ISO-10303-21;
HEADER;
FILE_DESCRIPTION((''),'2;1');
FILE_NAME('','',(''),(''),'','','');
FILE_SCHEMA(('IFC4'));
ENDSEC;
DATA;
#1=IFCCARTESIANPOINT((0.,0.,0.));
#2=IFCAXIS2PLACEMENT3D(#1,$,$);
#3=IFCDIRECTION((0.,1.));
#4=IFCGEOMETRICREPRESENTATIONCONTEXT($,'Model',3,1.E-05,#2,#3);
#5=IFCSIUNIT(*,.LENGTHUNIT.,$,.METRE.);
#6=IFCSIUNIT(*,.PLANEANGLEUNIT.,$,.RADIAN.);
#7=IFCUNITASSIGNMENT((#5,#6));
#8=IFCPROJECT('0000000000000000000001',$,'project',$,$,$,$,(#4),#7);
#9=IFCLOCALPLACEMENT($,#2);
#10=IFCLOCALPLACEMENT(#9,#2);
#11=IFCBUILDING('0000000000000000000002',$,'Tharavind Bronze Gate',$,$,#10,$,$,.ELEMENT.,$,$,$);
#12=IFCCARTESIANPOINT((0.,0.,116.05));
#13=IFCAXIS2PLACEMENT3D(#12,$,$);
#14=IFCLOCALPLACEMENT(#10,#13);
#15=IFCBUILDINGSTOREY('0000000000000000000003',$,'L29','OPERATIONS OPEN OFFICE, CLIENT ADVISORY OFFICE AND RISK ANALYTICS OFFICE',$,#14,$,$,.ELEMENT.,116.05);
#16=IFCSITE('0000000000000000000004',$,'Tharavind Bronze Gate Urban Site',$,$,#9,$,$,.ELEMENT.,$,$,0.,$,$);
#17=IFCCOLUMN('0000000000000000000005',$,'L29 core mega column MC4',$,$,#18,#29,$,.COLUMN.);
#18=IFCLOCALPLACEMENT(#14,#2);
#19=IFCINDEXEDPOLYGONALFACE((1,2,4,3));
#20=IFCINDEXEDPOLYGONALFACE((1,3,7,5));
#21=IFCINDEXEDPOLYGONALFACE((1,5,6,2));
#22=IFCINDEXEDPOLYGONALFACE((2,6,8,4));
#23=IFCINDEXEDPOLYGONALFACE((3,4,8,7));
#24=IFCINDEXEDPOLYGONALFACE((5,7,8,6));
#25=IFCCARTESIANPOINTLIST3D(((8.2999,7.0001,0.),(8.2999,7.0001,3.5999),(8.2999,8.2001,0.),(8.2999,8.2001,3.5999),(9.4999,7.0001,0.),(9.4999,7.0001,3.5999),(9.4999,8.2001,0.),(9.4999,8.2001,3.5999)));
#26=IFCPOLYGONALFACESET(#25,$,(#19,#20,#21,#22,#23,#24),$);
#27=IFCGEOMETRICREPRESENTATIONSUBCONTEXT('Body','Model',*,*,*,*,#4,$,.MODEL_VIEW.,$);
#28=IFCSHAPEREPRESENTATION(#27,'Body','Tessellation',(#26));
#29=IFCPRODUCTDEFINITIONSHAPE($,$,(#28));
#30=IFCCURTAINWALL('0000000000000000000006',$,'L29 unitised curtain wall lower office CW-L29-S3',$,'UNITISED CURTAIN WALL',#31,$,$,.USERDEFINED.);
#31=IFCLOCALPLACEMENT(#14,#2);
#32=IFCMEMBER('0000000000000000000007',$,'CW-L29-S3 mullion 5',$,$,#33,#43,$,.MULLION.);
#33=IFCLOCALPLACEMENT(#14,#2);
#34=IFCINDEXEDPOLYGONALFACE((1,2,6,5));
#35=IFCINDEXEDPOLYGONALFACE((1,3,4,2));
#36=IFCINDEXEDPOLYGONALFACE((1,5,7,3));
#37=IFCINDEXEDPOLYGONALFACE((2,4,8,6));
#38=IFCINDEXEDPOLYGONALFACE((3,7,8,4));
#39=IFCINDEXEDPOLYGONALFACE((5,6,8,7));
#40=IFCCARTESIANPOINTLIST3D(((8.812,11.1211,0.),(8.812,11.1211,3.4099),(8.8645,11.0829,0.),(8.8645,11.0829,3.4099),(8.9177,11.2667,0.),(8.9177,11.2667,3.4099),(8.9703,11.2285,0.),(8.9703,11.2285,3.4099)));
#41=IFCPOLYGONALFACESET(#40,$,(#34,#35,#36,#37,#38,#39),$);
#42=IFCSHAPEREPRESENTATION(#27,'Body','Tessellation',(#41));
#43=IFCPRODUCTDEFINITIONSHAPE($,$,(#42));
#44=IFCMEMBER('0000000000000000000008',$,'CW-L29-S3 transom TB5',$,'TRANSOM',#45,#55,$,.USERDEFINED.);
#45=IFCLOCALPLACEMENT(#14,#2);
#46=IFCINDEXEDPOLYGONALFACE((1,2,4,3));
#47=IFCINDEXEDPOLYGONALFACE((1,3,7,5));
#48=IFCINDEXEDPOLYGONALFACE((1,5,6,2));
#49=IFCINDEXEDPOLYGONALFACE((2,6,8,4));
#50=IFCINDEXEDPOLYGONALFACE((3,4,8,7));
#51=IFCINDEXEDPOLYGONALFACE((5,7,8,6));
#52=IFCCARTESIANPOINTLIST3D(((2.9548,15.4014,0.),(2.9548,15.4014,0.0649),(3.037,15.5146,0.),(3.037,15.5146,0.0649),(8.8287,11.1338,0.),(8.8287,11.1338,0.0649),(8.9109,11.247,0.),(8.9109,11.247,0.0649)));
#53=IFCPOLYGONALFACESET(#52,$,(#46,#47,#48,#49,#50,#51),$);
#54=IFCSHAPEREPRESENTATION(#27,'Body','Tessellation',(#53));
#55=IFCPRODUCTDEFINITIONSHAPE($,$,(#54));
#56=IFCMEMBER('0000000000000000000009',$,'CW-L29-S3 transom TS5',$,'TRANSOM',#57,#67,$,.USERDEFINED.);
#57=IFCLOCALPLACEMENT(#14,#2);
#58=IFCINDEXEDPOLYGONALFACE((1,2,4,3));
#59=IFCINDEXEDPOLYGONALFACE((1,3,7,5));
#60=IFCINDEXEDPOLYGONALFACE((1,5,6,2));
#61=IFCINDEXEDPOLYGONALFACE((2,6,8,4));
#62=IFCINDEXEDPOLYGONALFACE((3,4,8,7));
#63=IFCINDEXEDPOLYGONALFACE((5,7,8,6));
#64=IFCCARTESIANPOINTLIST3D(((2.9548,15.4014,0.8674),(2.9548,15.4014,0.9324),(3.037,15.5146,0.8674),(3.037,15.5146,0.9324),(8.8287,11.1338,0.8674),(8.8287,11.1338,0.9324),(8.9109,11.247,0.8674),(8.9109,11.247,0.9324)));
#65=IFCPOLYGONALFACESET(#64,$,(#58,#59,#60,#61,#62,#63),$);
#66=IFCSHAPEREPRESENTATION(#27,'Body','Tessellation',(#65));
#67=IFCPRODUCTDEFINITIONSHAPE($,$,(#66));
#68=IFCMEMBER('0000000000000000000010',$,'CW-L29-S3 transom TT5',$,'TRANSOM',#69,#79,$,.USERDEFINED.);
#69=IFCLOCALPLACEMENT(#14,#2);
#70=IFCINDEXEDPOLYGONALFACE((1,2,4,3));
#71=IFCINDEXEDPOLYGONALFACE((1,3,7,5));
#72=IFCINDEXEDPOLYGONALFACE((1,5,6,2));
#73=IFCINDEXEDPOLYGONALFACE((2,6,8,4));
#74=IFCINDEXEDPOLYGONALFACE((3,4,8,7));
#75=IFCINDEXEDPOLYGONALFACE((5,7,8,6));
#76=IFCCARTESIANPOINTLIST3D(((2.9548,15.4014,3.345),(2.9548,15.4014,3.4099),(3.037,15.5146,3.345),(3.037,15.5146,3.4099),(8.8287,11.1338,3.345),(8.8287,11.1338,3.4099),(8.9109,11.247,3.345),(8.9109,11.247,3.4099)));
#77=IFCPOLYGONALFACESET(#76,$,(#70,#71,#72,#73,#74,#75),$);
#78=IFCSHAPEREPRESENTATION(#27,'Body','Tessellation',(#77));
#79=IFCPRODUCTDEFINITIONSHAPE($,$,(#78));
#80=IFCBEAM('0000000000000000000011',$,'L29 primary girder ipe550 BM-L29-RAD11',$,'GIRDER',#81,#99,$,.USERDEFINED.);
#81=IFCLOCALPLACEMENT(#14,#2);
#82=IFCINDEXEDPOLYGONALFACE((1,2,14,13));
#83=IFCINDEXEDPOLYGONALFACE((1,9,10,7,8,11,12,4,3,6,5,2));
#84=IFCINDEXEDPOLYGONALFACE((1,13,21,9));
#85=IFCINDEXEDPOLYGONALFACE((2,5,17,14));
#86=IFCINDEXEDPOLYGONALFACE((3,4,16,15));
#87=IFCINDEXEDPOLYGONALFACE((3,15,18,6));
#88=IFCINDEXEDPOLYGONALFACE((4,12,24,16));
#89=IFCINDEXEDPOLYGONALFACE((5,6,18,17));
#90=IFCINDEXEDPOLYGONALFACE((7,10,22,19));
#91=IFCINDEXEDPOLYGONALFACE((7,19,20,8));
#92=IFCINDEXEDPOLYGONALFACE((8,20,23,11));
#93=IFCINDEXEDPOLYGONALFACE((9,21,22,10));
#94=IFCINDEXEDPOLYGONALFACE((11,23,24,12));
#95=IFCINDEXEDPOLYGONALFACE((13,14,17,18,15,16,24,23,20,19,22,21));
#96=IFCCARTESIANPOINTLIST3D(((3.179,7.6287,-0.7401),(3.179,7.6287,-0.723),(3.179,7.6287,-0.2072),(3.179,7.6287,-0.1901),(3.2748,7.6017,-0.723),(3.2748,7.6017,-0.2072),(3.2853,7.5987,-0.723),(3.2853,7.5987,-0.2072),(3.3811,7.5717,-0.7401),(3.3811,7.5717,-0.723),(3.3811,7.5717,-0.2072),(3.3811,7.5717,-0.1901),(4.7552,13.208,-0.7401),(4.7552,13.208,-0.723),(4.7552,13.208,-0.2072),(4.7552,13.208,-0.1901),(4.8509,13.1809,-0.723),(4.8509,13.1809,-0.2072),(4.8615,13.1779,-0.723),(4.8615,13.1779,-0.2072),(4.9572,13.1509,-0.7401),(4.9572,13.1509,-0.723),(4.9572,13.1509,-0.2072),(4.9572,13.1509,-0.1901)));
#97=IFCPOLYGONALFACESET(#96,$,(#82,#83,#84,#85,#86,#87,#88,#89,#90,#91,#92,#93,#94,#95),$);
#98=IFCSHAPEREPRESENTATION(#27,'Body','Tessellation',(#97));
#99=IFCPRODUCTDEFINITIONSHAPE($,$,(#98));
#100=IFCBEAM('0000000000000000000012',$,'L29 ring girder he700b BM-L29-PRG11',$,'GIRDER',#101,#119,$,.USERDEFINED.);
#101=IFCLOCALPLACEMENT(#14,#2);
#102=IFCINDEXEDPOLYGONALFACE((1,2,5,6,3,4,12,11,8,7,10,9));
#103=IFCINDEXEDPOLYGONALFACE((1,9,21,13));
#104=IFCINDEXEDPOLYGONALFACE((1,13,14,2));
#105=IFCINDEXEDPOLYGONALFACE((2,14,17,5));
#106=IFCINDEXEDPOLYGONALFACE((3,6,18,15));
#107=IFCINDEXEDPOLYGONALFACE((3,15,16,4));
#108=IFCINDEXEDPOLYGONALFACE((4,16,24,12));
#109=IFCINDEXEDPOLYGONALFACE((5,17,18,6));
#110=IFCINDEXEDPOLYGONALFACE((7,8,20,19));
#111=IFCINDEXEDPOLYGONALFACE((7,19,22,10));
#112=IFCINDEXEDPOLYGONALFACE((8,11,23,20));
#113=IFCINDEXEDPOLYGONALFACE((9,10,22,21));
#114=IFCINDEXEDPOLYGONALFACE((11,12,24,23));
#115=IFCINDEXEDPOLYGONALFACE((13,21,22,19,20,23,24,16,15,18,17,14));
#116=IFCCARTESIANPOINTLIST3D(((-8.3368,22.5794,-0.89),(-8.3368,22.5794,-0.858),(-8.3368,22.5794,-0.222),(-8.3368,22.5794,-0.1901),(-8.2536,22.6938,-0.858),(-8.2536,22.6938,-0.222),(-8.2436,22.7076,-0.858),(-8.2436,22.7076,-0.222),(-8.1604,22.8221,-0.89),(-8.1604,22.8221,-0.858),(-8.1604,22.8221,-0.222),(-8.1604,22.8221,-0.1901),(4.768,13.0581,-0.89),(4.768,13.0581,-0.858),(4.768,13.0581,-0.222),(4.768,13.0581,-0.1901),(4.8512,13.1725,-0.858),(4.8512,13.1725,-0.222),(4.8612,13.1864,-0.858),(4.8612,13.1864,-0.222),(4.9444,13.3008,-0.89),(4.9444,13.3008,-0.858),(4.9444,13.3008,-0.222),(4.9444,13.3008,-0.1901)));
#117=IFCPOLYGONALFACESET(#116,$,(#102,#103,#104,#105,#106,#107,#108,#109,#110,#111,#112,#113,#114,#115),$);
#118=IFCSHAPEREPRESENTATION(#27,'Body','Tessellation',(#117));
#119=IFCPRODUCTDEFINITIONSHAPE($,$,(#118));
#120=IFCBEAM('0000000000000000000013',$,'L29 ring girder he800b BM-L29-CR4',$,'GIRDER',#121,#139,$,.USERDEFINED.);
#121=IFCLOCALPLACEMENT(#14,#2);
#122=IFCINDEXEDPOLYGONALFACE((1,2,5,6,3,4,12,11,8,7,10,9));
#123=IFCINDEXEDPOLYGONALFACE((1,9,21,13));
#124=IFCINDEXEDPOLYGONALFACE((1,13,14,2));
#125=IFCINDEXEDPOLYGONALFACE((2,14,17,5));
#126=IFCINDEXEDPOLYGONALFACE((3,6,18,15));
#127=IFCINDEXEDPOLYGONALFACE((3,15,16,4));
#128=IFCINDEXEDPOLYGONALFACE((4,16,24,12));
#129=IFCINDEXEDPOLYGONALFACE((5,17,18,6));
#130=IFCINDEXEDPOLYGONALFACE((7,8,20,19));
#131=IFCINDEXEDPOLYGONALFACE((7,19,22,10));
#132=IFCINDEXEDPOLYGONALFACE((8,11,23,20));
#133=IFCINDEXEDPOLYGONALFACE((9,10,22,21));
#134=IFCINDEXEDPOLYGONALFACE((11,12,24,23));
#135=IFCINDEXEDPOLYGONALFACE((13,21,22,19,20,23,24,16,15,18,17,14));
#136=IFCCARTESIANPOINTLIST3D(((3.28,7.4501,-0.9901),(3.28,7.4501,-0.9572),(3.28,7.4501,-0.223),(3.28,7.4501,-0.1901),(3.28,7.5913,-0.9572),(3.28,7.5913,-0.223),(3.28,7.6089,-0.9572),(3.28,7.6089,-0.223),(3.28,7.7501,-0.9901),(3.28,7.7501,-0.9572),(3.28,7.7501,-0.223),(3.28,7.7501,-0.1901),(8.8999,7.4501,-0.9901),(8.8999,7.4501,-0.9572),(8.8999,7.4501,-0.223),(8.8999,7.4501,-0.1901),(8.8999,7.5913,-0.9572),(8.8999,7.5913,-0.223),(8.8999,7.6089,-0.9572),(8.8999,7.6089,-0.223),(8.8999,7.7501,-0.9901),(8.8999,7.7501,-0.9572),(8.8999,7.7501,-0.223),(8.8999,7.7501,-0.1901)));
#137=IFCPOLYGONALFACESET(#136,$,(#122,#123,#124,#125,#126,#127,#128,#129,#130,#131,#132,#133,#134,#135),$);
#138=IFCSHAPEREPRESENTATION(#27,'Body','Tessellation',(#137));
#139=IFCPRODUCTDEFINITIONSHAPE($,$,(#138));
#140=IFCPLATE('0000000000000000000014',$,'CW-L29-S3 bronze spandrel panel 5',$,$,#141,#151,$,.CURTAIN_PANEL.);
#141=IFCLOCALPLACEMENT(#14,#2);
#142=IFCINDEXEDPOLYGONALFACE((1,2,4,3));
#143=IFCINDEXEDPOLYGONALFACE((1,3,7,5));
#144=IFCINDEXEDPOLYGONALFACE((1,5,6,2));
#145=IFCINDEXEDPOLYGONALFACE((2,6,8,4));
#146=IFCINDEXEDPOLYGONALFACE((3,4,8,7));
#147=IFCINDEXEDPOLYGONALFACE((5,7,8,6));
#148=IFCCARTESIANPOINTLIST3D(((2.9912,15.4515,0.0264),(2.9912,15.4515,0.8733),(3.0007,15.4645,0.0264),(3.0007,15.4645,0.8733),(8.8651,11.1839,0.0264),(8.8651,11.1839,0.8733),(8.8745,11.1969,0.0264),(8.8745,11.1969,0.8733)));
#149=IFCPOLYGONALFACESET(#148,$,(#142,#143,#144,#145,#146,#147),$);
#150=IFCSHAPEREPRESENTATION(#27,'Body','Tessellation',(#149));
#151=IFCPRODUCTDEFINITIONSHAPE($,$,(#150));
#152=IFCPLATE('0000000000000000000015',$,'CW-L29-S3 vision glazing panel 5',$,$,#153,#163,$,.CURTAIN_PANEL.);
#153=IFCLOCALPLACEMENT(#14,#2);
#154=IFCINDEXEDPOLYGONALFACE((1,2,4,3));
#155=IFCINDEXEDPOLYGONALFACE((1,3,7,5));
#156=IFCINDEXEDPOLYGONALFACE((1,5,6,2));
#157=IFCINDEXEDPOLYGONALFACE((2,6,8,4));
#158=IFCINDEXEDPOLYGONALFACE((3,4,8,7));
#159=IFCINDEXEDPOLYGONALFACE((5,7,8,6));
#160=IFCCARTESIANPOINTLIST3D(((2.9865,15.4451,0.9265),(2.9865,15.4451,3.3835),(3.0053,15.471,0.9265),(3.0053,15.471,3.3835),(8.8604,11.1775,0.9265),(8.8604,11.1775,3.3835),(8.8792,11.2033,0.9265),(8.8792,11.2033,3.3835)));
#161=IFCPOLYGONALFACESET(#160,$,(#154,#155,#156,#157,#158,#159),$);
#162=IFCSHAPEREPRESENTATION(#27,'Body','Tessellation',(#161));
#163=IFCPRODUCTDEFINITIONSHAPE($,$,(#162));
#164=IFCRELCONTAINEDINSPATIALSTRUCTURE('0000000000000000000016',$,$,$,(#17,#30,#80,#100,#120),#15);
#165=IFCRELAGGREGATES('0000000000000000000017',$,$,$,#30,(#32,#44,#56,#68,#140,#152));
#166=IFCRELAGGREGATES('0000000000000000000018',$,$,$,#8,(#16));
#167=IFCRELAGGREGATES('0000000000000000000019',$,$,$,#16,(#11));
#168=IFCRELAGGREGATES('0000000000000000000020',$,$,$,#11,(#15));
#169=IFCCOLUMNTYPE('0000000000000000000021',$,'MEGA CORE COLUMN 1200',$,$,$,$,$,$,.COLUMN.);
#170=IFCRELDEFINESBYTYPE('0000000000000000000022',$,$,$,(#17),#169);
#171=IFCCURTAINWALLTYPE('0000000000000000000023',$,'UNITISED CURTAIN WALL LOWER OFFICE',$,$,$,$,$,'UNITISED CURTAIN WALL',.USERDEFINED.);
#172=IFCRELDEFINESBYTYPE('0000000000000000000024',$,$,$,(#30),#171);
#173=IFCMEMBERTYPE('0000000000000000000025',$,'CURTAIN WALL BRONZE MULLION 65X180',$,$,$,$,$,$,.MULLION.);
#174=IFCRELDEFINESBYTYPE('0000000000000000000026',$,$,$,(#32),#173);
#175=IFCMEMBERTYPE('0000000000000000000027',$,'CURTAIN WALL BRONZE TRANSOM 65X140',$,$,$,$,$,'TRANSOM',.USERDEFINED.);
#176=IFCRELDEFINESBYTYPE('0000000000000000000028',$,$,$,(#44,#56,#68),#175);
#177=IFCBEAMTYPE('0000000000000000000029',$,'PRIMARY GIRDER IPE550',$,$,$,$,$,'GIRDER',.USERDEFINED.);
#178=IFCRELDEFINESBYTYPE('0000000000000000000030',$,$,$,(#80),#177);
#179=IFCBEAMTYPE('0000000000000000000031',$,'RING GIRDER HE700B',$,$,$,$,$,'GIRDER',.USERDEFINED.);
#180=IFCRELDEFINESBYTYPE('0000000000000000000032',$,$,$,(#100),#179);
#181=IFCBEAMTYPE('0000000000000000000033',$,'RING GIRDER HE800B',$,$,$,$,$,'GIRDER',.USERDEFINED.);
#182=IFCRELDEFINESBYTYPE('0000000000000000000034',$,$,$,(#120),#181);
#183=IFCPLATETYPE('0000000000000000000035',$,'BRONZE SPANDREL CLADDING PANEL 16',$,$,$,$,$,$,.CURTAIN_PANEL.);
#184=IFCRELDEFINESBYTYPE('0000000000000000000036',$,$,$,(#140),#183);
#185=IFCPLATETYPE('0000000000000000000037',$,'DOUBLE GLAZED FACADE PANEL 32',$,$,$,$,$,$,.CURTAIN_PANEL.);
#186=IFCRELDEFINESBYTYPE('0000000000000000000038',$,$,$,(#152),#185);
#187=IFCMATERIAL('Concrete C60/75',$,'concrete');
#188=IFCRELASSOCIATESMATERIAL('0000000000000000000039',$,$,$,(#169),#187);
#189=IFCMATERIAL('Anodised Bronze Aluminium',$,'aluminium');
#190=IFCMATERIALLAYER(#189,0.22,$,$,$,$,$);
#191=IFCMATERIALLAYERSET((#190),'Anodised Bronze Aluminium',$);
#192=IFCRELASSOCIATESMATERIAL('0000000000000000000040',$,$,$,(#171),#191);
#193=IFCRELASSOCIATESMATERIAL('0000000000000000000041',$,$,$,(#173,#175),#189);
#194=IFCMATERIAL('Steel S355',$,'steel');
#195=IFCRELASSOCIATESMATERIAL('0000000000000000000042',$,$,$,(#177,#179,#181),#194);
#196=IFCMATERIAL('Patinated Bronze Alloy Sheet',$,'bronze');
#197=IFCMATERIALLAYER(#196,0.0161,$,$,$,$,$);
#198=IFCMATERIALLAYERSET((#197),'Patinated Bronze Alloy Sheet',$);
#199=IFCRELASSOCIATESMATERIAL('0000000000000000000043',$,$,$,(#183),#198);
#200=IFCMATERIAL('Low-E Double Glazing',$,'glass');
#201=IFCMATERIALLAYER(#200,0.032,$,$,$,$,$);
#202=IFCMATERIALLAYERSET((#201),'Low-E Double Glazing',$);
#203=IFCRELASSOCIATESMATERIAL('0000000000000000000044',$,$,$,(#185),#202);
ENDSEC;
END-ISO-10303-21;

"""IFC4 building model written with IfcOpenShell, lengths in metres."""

from ifc_helpers import new_model, si_unit, direction, frame, origin, origin_2d, place, context, subcontext, project, spatial, rectangle, i_section, extrude, material, layer, layer_set, material_profile, profile_set, type_object, element, aggregate, save


model = new_model("IFC4")

# Units and contexts
model_context = context("Model", 3, precision=1e-05, world=origin(), true_north=direction((0.0, 1.0)))
body_context = subcontext(model_context, "Body", "Model", "MODEL_VIEW")
ifc_project = project(units=[si_unit("LENGTHUNIT", "METRE"), si_unit("PLANEANGLEUNIT", "RADIAN")], contexts=[model_context])

# Site, building, storey
site_placement = place(None, origin())
site = spatial("IfcSite", under=ifc_project, at=site_placement, Name="Tharavind Bronze Gate Urban Site", CompositionType="ELEMENT", RefElevation=0.0)
building_placement = place(site_placement, origin())
building = spatial("IfcBuilding", under=site, at=building_placement, Name="Tharavind Bronze Gate", CompositionType="ELEMENT")
storey_placement = place(building_placement, frame((0.0, 0.0, 116.05)))
storey = spatial("IfcBuildingStorey", under=building, at=storey_placement, Name="L29", Description="OPERATIONS OPEN OFFICE, CLIENT ADVISORY OFFICE AND RISK ANALYTICS OFFICE", CompositionType="ELEMENT", Elevation=116.05)

# Column
ifc_material_1 = material(Name="Concrete C60/75", Category="concrete")
ifc_material_profile_1 = material_profile(ifc_material_1, rectangle(XDim=1.2, YDim=1.2, at=origin_2d()), Name="RCCOL1200")
ifc_profile_set_1 = profile_set([ifc_material_profile_1], Name="Concrete C60/75")
column_type = type_object("IfcColumnType", Name="MEGA CORE COLUMN 1200", PredefinedType="COLUMN", material=ifc_profile_set_1)
column_placement = place(storey_placement, frame((8.8999, 7.6001, 0.0), z_axis=(0.0, 0.0, 1.0), x_axis=(1.0, 0.0, 0.0)))
element("IfcColumn", 1, at=column_placement, inside=storey, type_object=column_type, Name="L29 core mega column MC4", PredefinedType="COLUMN", context=body_context, shape_type="SweptSolid", body=[
    extrude(rectangle(XDim=1.2, YDim=1.2, at=origin_2d()), origin(), (0.0, 0.0, 1.0), 3.5999),
])

# Curtain wall, members
ifc_material_2 = material(Name="Anodised Bronze Aluminium", Category="aluminium")
ifc_layer_1 = layer(ifc_material_2, 0.22)
ifc_layer_set_1 = layer_set([ifc_layer_1], Name="Anodised Bronze Aluminium")
curtain_wall_type = type_object("IfcCurtainWallType", Name="UNITISED CURTAIN WALL LOWER OFFICE", ElementType="UNITISED CURTAIN WALL", PredefinedType="USERDEFINED", material=ifc_layer_set_1)
curtain_wall_placement = place(storey_placement, origin())
curtain_wall = element("IfcCurtainWall", 2, at=curtain_wall_placement, inside=storey, type_object=curtain_wall_type, Name="L29 unitised curtain wall lower office CW-L29-S3", ObjectType="UNITISED CURTAIN WALL", PredefinedType="USERDEFINED")
member_type_1 = type_object("IfcMemberType", Name="CURTAIN WALL BRONZE MULLION 65X180", PredefinedType="MULLION", material=ifc_material_2)
member_1_placement = place(storey_placement, frame((8.8911, 11.1748, 0.0), z_axis=(0.0, 0.0, 1.0), x_axis=(-0.809017, 0.587785, 0.0)))
member_1 = element("IfcMember", 3, at=member_1_placement, type_object=member_type_1, Name="CW-L29-S3 mullion 5", PredefinedType="MULLION", context=body_context, shape_type="SweptSolid", body=[
    extrude(rectangle(XDim=0.0649, YDim=0.1799, at=origin_2d()), origin(), (0.0, 0.0, 1.0), 3.4099),
])
member_type_2 = type_object("IfcMemberType", Name="CURTAIN WALL BRONZE TRANSOM 65X140", ElementType="TRANSOM", PredefinedType="USERDEFINED", material=ifc_material_2)
member_2_placement = place(storey_placement, frame((5.9329, 13.3242, 0.0), z_axis=(0.0, 0.0, 1.0), x_axis=(-0.809017, 0.587785, 0.0)))
member_2 = element("IfcMember", 4, at=member_2_placement, type_object=member_type_2, Name="CW-L29-S3 transom TB5", ObjectType="TRANSOM", PredefinedType="USERDEFINED", context=body_context, shape_type="SweptSolid", body=[
    extrude(rectangle(XDim=7.2605, YDim=0.1399, at=origin_2d()), origin(), (0.0, 0.0, 1.0), 0.0649),
])
member_3_placement = place(storey_placement, frame((5.9329, 13.3242, 0.8674), z_axis=(0.0, 0.0, 1.0), x_axis=(-0.809017, 0.587785, 0.0)))
member_3 = element("IfcMember", 5, at=member_3_placement, type_object=member_type_2, Name="CW-L29-S3 transom TS5", ObjectType="TRANSOM", PredefinedType="USERDEFINED", context=body_context, shape_type="SweptSolid", body=[
    extrude(rectangle(XDim=7.2605, YDim=0.1399, at=origin_2d()), origin(), (0.0, 0.0, 1.0), 0.0649),
])
member_4_placement = place(storey_placement, frame((5.9329, 13.3242, 3.345), z_axis=(0.0, 0.0, 1.0), x_axis=(-0.809017, 0.587785, 0.0)))
member_4 = element("IfcMember", 6, at=member_4_placement, type_object=member_type_2, Name="CW-L29-S3 transom TT5", ObjectType="TRANSOM", PredefinedType="USERDEFINED", context=body_context, shape_type="SweptSolid", body=[
    extrude(rectangle(XDim=7.2605, YDim=0.1399, at=origin_2d()), origin(), (0.0, 0.0, 1.0), 0.0649),
])

# Beams
ifc_material_3 = material(Name="Steel S355", Category="steel")
ifc_material_profile_2 = material_profile(ifc_material_3, i_section(OverallWidth=0.21, OverallDepth=0.55, WebThickness=0.011, FlangeThickness=0.0171, at=origin_2d()), Name="IPE550")
ifc_profile_set_2 = profile_set([ifc_material_profile_2], Name="Steel S355")
beam_type_1 = type_object("IfcBeamType", Name="PRIMARY GIRDER IPE550", ElementType="GIRDER", PredefinedType="USERDEFINED", material=ifc_profile_set_2)
beam_1_placement = place(storey_placement, frame((4.8562, 13.1794, -0.4651), z_axis=(-0.271861, -0.962336, 0.0), x_axis=(0.962336, -0.271861, 0.0)))
element("IfcBeam", 7, at=beam_1_placement, inside=storey, type_object=beam_type_1, Name="L29 primary girder ipe550 BM-L29-RAD11", ObjectType="GIRDER", PredefinedType="USERDEFINED", context=body_context, shape_type="SweptSolid", body=[
    extrude(i_section(OverallWidth=0.21, OverallDepth=0.55, WebThickness=0.011, FlangeThickness=0.0171, at=origin_2d()), origin(), (0.0, 0.0, 1.0), 5.7976),
])
ifc_material_profile_3 = material_profile(ifc_material_3, i_section(OverallWidth=0.3, OverallDepth=0.7, WebThickness=0.0171, FlangeThickness=0.032, at=origin_2d()), Name="HE700B")
ifc_profile_set_3 = profile_set([ifc_material_profile_3], Name="Steel S355")
beam_type_2 = type_object("IfcBeamType", Name="RING GIRDER HE700B", ElementType="GIRDER", PredefinedType="USERDEFINED", material=ifc_profile_set_3)
beam_2_placement = place(storey_placement, frame((4.8562, 13.1794, -0.54), z_axis=(-0.809014, 0.587789, 0.0), x_axis=(-0.587789, -0.809014, 0.0)))
element("IfcBeam", 8, at=beam_2_placement, inside=storey, type_object=beam_type_2, Name="L29 ring girder he700b BM-L29-PRG11", ObjectType="GIRDER", PredefinedType="USERDEFINED", context=body_context, shape_type="SweptSolid", body=[
    extrude(i_section(OverallWidth=0.3, OverallDepth=0.7, WebThickness=0.0171, FlangeThickness=0.032, at=origin_2d()), origin(), (0.0, 0.0, 1.0), 16.1985),
])
ifc_material_profile_4 = material_profile(ifc_material_3, i_section(OverallWidth=0.3, OverallDepth=0.8, WebThickness=0.0176, FlangeThickness=0.033, at=origin_2d()), Name="HE800B")
ifc_profile_set_4 = profile_set([ifc_material_profile_4], Name="Steel S355")
beam_type_3 = type_object("IfcBeamType", Name="RING GIRDER HE800B", ElementType="GIRDER", PredefinedType="USERDEFINED", material=ifc_profile_set_4)
beam_3_placement = place(storey_placement, frame((8.8999, 7.6001, -0.5901), z_axis=(-1.0, 0.0, 0.0), x_axis=(0.0, -1.0, 0.0)))
element("IfcBeam", 9, at=beam_3_placement, inside=storey, type_object=beam_type_3, Name="L29 ring girder he800b BM-L29-CR4", ObjectType="GIRDER", PredefinedType="USERDEFINED", context=body_context, shape_type="SweptSolid", body=[
    extrude(i_section(OverallWidth=0.3, OverallDepth=0.8, WebThickness=0.0176, FlangeThickness=0.033, at=origin_2d()), origin(), (0.0, 0.0, 1.0), 5.6199),
])

# Plates
ifc_material_4 = material(Name="Patinated Bronze Alloy Sheet", Category="bronze")
ifc_layer_2 = layer(ifc_material_4, 0.0161)
ifc_layer_set_2 = layer_set([ifc_layer_2], Name="Patinated Bronze Alloy Sheet")
plate_type_1 = type_object("IfcPlateType", Name="BRONZE SPANDREL CLADDING PANEL 16", PredefinedType="CURTAIN_PANEL", material=ifc_layer_set_2)
plate_1_placement = place(storey_placement, frame((5.9329, 13.3242, 0.0264), z_axis=(0.0, 0.0, 1.0), x_axis=(-0.809017, 0.587785, 0.0)))
plate_1 = element("IfcPlate", 10, at=plate_1_placement, type_object=plate_type_1, Name="CW-L29-S3 bronze spandrel panel 5", PredefinedType="CURTAIN_PANEL", context=body_context, shape_type="SweptSolid", body=[
    extrude(rectangle(XDim=7.2605, YDim=0.0161, at=origin_2d()), origin(), (0.0, 0.0, 1.0), 0.8469),
])
ifc_material_5 = material(Name="Low-E Double Glazing", Category="glass")
ifc_layer_3 = layer(ifc_material_5, 0.032)
ifc_layer_set_3 = layer_set([ifc_layer_3], Name="Low-E Double Glazing")
plate_type_2 = type_object("IfcPlateType", Name="DOUBLE GLAZED FACADE PANEL 32", PredefinedType="CURTAIN_PANEL", material=ifc_layer_set_3)
plate_2_placement = place(storey_placement, frame((5.9329, 13.3242, 0.9265), z_axis=(0.0, 0.0, 1.0), x_axis=(-0.809017, 0.587785, 0.0)))
plate_2 = element("IfcPlate", 11, at=plate_2_placement, type_object=plate_type_2, Name="CW-L29-S3 vision glazing panel 5", PredefinedType="CURTAIN_PANEL", context=body_context, shape_type="SweptSolid", body=[
    extrude(rectangle(XDim=7.2605, YDim=0.032, at=origin_2d()), origin(), (0.0, 0.0, 1.0), 2.457),
])
aggregate(curtain_wall, [member_1, member_2, member_3, member_4, plate_1, plate_2])

save(model, "model.ifc")
